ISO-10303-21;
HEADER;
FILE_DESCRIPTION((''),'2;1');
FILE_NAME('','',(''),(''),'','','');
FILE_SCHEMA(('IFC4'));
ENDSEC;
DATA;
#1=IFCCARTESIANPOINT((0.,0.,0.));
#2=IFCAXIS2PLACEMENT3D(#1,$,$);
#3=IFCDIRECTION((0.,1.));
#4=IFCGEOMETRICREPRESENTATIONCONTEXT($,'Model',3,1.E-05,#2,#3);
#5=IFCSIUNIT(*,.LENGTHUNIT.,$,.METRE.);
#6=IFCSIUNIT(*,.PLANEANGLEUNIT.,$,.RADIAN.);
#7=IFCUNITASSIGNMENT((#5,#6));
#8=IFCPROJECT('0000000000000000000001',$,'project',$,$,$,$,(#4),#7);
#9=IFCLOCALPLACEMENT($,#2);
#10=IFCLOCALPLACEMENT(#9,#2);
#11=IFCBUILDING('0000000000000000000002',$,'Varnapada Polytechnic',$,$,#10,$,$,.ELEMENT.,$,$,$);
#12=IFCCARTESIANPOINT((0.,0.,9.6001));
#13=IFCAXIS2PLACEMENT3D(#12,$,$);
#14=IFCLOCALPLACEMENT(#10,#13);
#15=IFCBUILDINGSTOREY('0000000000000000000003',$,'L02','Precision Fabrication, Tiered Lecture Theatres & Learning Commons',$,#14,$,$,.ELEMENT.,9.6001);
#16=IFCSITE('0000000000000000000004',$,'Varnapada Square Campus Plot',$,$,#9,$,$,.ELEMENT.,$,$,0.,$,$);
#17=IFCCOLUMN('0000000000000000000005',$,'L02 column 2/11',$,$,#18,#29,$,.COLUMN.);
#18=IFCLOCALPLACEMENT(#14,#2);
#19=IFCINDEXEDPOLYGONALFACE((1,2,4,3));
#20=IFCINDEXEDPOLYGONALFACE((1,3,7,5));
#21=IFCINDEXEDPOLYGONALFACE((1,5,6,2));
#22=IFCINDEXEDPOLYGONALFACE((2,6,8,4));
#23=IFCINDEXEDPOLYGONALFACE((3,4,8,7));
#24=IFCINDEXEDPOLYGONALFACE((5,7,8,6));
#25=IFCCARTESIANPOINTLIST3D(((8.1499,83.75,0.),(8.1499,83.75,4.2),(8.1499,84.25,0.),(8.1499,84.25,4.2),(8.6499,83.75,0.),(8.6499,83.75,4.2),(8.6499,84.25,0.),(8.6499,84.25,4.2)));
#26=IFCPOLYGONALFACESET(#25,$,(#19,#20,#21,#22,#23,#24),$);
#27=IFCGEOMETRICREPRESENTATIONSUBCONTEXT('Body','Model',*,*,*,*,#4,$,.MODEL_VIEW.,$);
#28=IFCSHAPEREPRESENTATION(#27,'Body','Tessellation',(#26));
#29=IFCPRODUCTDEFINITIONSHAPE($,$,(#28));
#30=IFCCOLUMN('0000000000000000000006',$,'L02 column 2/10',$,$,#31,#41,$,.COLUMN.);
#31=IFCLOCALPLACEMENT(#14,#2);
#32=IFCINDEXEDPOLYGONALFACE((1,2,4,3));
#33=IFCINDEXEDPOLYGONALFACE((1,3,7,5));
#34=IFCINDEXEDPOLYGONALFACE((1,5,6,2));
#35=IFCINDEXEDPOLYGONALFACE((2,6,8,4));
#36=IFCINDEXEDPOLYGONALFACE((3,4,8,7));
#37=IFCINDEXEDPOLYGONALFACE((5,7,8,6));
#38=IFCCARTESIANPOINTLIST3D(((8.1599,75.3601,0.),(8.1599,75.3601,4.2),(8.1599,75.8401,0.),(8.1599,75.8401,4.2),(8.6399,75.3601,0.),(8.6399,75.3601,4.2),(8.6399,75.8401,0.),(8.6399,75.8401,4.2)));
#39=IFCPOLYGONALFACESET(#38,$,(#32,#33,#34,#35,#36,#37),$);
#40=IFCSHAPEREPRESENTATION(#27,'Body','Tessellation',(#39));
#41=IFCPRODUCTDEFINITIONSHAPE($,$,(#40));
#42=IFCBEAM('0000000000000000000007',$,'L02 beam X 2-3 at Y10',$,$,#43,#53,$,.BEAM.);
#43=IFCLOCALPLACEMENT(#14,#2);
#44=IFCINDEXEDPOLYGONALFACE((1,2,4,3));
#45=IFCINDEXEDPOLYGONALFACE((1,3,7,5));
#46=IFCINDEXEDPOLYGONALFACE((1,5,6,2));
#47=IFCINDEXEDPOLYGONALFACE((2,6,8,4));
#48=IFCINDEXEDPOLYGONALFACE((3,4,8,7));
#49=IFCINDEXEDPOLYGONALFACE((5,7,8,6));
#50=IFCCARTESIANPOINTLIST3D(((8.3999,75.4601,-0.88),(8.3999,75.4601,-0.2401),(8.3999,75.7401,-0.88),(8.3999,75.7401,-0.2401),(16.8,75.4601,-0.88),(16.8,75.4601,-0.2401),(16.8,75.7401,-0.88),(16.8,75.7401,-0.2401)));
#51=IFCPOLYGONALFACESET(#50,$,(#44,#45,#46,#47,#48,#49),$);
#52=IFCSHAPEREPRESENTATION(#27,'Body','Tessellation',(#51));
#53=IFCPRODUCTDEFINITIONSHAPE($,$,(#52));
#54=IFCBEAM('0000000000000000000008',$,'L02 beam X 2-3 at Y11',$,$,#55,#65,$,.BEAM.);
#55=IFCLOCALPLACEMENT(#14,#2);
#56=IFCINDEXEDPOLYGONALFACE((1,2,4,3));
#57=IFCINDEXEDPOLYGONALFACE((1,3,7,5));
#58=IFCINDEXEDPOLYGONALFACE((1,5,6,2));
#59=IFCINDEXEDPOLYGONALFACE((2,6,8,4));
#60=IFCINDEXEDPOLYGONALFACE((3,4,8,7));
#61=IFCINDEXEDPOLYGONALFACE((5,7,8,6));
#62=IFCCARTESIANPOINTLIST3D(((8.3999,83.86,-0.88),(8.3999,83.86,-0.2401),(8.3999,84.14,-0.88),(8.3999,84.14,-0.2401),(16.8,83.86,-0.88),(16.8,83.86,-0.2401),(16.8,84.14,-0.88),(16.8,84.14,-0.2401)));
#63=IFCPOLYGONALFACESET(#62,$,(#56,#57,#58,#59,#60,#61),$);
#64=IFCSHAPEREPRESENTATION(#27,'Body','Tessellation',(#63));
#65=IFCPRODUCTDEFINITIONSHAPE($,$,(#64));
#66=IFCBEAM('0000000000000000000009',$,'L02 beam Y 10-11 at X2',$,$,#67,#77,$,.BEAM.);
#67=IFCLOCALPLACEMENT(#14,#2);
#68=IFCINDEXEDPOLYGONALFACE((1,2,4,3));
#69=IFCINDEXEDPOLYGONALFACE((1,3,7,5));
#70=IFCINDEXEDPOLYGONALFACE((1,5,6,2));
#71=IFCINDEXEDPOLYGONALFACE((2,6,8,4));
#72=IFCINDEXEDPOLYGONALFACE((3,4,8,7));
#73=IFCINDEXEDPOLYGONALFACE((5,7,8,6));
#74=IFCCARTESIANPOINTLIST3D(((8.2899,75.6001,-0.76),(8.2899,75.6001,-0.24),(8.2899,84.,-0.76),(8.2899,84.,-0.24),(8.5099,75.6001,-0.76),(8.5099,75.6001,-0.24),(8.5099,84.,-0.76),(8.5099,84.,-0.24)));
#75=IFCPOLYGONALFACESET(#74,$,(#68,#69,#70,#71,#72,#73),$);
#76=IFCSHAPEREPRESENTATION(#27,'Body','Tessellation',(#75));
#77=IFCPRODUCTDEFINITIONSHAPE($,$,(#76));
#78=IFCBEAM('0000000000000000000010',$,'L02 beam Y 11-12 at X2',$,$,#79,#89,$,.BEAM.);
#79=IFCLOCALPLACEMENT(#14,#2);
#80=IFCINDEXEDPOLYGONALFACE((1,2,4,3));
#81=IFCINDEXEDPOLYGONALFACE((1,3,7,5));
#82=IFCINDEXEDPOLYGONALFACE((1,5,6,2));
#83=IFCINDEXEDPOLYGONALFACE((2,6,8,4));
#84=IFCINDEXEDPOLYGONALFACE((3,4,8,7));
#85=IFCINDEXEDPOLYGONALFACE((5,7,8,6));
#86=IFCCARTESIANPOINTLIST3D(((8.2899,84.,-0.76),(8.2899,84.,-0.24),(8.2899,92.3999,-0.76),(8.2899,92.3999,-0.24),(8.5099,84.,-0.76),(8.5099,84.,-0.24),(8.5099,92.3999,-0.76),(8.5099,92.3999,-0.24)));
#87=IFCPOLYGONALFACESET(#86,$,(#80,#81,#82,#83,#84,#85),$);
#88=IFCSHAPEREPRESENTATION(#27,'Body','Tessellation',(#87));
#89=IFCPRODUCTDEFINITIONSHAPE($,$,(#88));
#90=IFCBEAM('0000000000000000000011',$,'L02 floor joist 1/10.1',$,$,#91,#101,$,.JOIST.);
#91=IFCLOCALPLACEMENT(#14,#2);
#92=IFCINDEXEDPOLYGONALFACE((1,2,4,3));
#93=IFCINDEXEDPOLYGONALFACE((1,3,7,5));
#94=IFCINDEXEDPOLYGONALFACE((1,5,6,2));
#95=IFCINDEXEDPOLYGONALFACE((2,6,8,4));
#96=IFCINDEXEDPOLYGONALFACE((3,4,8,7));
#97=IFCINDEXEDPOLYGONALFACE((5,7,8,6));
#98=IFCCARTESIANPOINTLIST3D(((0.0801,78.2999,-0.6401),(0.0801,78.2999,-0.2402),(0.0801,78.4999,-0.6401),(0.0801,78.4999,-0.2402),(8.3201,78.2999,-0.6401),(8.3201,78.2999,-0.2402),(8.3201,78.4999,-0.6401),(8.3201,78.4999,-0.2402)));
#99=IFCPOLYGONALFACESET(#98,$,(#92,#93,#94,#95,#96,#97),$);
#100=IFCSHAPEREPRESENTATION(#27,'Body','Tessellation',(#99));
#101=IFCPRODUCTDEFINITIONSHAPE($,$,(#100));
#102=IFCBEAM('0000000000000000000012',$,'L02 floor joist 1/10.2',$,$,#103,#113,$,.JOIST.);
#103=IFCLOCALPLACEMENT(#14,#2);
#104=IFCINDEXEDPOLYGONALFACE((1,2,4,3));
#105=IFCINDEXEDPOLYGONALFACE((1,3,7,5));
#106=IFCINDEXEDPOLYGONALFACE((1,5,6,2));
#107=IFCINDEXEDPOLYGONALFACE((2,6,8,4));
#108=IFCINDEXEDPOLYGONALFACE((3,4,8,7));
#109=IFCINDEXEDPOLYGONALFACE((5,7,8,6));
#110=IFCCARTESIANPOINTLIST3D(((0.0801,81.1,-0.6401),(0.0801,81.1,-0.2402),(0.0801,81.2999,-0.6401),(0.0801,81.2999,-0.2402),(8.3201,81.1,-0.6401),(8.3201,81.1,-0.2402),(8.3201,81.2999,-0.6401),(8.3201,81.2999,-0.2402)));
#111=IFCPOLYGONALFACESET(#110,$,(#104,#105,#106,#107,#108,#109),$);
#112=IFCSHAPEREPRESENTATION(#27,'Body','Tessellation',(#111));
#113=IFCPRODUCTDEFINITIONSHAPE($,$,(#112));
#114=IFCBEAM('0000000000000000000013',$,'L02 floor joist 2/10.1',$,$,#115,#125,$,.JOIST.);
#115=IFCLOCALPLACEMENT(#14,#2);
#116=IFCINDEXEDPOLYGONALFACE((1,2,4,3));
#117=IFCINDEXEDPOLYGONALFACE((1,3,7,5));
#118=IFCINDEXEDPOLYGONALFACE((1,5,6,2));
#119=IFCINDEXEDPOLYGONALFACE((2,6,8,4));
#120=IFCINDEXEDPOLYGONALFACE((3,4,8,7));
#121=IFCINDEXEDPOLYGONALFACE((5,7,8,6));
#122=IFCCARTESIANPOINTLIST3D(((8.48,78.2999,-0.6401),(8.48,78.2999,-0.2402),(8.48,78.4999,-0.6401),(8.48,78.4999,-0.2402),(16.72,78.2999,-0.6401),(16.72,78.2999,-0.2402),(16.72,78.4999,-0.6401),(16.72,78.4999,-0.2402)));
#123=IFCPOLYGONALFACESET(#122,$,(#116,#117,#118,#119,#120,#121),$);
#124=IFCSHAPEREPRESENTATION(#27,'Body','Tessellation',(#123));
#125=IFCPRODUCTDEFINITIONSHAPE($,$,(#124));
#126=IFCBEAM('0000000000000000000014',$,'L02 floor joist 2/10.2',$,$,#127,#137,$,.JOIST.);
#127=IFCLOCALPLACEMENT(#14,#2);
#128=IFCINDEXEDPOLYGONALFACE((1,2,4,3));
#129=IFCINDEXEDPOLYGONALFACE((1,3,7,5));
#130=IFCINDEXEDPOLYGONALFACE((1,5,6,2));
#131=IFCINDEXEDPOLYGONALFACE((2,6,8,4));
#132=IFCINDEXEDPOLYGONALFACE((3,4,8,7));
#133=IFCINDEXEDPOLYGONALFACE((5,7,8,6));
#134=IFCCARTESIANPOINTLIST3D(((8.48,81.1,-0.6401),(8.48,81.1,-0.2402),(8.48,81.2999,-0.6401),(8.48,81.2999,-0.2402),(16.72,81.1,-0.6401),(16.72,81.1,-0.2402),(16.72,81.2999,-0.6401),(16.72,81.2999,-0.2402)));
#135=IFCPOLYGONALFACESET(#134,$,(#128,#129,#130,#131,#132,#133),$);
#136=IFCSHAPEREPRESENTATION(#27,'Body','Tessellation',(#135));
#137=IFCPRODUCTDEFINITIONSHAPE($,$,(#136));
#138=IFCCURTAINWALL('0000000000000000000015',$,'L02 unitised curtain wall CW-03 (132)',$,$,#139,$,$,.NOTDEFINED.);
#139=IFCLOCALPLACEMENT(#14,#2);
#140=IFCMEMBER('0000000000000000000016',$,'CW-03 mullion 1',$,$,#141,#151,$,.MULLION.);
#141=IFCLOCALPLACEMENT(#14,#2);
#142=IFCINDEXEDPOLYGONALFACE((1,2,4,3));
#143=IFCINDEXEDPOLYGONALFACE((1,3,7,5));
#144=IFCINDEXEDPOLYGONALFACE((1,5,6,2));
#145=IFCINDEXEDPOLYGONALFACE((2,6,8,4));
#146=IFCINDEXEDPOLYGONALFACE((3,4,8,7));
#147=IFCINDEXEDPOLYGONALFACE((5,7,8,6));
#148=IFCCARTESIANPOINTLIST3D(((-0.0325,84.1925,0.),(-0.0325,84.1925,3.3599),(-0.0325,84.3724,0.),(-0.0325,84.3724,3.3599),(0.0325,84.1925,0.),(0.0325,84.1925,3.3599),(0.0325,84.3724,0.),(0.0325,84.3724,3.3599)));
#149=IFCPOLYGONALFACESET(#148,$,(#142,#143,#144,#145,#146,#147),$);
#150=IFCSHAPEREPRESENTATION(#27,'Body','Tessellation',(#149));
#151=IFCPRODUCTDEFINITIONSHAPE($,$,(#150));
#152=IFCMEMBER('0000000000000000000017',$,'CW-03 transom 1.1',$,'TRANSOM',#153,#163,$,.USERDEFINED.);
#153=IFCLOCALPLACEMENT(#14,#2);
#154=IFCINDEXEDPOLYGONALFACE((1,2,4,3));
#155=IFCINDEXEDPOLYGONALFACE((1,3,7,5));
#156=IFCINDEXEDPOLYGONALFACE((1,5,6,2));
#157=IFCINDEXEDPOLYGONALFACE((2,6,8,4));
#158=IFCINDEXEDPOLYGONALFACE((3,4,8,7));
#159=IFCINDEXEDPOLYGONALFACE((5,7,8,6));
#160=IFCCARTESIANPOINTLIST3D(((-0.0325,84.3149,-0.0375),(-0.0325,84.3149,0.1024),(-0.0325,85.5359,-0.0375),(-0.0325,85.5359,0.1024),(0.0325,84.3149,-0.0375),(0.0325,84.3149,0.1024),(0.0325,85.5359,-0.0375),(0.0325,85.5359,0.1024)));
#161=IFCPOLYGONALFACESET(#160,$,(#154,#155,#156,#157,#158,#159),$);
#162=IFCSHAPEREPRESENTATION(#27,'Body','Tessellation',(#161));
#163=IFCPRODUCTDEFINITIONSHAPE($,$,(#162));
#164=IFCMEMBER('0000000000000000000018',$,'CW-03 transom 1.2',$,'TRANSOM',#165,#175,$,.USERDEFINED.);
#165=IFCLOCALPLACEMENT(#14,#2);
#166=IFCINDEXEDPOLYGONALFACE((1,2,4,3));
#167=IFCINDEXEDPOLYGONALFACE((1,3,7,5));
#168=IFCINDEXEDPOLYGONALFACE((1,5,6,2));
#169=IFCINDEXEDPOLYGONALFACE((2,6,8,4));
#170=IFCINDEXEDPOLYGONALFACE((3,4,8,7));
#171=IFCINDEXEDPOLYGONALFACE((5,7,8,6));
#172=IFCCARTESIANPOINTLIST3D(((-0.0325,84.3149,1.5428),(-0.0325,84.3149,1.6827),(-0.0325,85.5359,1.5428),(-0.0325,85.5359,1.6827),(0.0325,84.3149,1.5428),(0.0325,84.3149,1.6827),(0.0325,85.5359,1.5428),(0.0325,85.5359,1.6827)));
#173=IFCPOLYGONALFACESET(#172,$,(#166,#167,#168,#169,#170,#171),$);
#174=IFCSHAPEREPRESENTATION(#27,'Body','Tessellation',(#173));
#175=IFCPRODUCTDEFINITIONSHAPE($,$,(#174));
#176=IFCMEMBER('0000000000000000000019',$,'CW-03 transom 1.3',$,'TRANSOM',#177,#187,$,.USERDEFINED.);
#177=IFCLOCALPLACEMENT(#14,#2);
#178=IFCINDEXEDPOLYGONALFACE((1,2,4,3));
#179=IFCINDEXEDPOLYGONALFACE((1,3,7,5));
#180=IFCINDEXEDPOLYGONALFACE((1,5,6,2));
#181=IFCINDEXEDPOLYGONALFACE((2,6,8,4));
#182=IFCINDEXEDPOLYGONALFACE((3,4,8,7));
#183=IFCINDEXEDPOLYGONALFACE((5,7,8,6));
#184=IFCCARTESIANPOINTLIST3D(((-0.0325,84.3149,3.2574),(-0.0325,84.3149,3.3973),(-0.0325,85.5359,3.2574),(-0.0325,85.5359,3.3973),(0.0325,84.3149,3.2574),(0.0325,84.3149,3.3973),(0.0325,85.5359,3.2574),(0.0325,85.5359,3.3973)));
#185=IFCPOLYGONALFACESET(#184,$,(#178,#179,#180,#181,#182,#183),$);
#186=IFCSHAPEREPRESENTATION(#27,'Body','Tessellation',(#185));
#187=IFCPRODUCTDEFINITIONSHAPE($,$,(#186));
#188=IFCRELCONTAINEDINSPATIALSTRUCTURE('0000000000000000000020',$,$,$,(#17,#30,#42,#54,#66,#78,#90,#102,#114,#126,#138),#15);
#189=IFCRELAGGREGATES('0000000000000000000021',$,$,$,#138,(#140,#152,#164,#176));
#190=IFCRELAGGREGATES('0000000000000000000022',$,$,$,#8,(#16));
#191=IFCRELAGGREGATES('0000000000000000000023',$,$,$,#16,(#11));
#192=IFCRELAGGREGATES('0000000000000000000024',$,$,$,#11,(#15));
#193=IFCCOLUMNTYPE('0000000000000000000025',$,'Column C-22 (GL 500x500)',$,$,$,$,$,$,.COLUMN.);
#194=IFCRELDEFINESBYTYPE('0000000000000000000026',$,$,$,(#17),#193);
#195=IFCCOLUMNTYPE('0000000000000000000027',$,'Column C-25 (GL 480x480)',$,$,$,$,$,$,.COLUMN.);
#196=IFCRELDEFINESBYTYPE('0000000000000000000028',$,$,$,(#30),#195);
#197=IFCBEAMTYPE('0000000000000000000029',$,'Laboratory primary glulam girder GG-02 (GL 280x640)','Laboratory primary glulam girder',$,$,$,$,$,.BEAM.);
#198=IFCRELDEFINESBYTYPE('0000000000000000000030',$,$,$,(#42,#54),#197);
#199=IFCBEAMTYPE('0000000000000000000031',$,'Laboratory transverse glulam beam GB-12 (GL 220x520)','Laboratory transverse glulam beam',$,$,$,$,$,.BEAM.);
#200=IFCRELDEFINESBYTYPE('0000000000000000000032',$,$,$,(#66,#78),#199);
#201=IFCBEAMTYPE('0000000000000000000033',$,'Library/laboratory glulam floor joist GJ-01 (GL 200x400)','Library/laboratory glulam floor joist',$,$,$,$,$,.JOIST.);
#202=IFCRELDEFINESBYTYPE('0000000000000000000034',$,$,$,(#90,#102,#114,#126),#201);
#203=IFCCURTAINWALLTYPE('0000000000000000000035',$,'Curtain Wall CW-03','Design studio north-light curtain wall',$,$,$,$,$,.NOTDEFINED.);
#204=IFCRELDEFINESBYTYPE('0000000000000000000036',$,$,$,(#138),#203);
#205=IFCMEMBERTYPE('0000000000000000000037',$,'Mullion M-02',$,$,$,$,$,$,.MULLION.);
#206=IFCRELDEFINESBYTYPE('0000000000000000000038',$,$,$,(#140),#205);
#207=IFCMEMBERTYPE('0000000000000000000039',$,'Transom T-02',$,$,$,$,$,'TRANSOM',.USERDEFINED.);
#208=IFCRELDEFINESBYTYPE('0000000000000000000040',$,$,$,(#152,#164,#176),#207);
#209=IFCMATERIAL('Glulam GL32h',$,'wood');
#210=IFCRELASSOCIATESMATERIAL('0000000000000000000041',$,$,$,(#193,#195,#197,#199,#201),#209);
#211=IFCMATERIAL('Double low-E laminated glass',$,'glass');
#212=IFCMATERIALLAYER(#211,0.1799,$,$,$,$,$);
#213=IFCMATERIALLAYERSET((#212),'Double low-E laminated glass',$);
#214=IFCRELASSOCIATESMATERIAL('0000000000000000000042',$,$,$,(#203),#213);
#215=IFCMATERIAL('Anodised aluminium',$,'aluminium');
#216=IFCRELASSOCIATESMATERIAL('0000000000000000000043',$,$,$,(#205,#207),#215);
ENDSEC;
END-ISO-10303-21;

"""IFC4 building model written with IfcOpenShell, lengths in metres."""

from ifc_helpers import new_model, si_unit, direction, frame, origin, origin_2d, place, context, subcontext, project, spatial, rectangle, extrude, material, layer, layer_set, material_profile, profile_set, type_object, element, aggregate, save


model = new_model("IFC4")

# Units and contexts
model_context = context("Model", 3, precision=1e-05, world=origin(), true_north=direction((0.0, 1.0)))
body_context = subcontext(model_context, "Body", "Model", "MODEL_VIEW")
ifc_project = project(units=[si_unit("LENGTHUNIT", "METRE"), si_unit("PLANEANGLEUNIT", "RADIAN")], contexts=[model_context])

# Site, building, storey
site_placement = place(None, origin())
site = spatial("IfcSite", under=ifc_project, at=site_placement, Name="Varnapada Square Campus Plot", CompositionType="ELEMENT", RefElevation=0.0)
building_placement = place(site_placement, origin())
building = spatial("IfcBuilding", under=site, at=building_placement, Name="Varnapada Polytechnic", CompositionType="ELEMENT")
storey_placement = place(building_placement, frame((0.0, 0.0, 9.6001)))
storey = spatial("IfcBuildingStorey", under=building, at=storey_placement, Name="L02", Description="Precision Fabrication, Tiered Lecture Theatres & Learning Commons", CompositionType="ELEMENT", Elevation=9.6001)

# Columns
ifc_material_1 = material(Name="Glulam GL32h", Category="wood")
ifc_material_profile_1 = material_profile(ifc_material_1, rectangle(XDim=0.5, YDim=0.5, at=origin_2d()), Name="GL 500x500")
ifc_profile_set_1 = profile_set([ifc_material_profile_1], Name="Glulam GL32h")
column_type_1 = type_object("IfcColumnType", Name="Column C-22 (GL 500x500)", PredefinedType="COLUMN", material=ifc_profile_set_1)
column_1_placement = place(storey_placement, frame((8.3999, 84.0, 0.0), z_axis=(0.0, 0.0, 1.0), x_axis=(1.0, 0.0, 0.0)))
element("IfcColumn", 1, at=column_1_placement, inside=storey, type_object=column_type_1, Name="L02 column 2/11", PredefinedType="COLUMN", context=body_context, shape_type="SweptSolid", body=[
    extrude(rectangle(XDim=0.5, YDim=0.5, at=origin_2d()), origin(), (0.0, 0.0, 1.0), 4.2),
])
ifc_material_profile_2 = material_profile(ifc_material_1, rectangle(XDim=0.48, YDim=0.48, at=origin_2d()), Name="GL 480x480")
ifc_profile_set_2 = profile_set([ifc_material_profile_2], Name="Glulam GL32h")
column_type_2 = type_object("IfcColumnType", Name="Column C-25 (GL 480x480)", PredefinedType="COLUMN", material=ifc_profile_set_2)
column_2_placement = place(storey_placement, frame((8.3999, 75.6001, 0.0), z_axis=(0.0, 0.0, 1.0), x_axis=(1.0, 0.0, 0.0)))
element("IfcColumn", 2, at=column_2_placement, inside=storey, type_object=column_type_2, Name="L02 column 2/10", PredefinedType="COLUMN", context=body_context, shape_type="SweptSolid", body=[
    extrude(rectangle(XDim=0.48, YDim=0.48, at=origin_2d()), origin(), (0.0, 0.0, 1.0), 4.2),
])

# Beams
ifc_material_profile_3 = material_profile(ifc_material_1, rectangle(XDim=0.28, YDim=0.6399, at=origin_2d()), Name="GL 280x640")
ifc_profile_set_3 = profile_set([ifc_material_profile_3], Name="Glulam GL32h")
beam_type_1 = type_object("IfcBeamType", Name="Laboratory primary glulam girder GG-02 (GL 280x640)", Description="Laboratory primary glulam girder", PredefinedType="BEAM", material=ifc_profile_set_3)
for number, where, z_axis, x_axis, name in (
    (3, (8.3999, 75.6001, -0.5601), (1.0, 0.0, 0.0), (0.0, 1.0, 0.0), "L02 beam X 2-3 at Y10"),
    (4, (8.3999, 84.0, -0.5601), (1.0, 0.0, 0.0), (0.0, 1.0, 0.0), "L02 beam X 2-3 at Y11"),
):
    element("IfcBeam", number, at=place(storey_placement, frame(where, z_axis=z_axis, x_axis=x_axis)), inside=storey, type_object=beam_type_1, Name=name, PredefinedType="BEAM", context=body_context, shape_type="SweptSolid", body=[
        extrude(rectangle(XDim=0.28, YDim=0.6399, at=origin_2d()), origin(), (0.0, 0.0, 1.0), 8.4001),
    ])
ifc_material_profile_4 = material_profile(ifc_material_1, rectangle(XDim=0.22, YDim=0.52, at=origin_2d()), Name="GL 220x520")
ifc_profile_set_4 = profile_set([ifc_material_profile_4], Name="Glulam GL32h")
beam_type_2 = type_object("IfcBeamType", Name="Laboratory transverse glulam beam GB-12 (GL 220x520)", Description="Laboratory transverse glulam beam", PredefinedType="BEAM", material=ifc_profile_set_4)
for number, where, z_axis, x_axis, name in (
    (5, (8.3999, 75.6001, -0.5), (0.0, 1.0, 0.0), (-1.0, 0.0, 0.0), "L02 beam Y 10-11 at X2"),
    (6, (8.3999, 84.0, -0.5), (0.0, 1.0, 0.0), (-1.0, 0.0, 0.0), "L02 beam Y 11-12 at X2"),
):
    element("IfcBeam", number, at=place(storey_placement, frame(where, z_axis=z_axis, x_axis=x_axis)), inside=storey, type_object=beam_type_2, Name=name, PredefinedType="BEAM", context=body_context, shape_type="SweptSolid", body=[
        extrude(rectangle(XDim=0.22, YDim=0.52, at=origin_2d()), origin(), (0.0, 0.0, 1.0), 8.3999),
    ])
ifc_material_profile_5 = material_profile(ifc_material_1, rectangle(XDim=0.2, YDim=0.3999, at=origin_2d()), Name="GL 200x400")
ifc_profile_set_5 = profile_set([ifc_material_profile_5], Name="Glulam GL32h")
beam_type_3 = type_object("IfcBeamType", Name="Library/laboratory glulam floor joist GJ-01 (GL 200x400)", Description="Library/laboratory glulam floor joist", PredefinedType="JOIST", material=ifc_profile_set_5)
for number, where, z_axis, x_axis, name in (
    (7, (0.0801, 78.3999, -0.4402), (1.0, 0.0, 0.0), (0.0, 1.0, 0.0), "L02 floor joist 1/10.1"),
    (8, (0.0801, 81.2, -0.4402), (1.0, 0.0, 0.0), (0.0, 1.0, 0.0), "L02 floor joist 1/10.2"),
    (9, (8.48, 78.3999, -0.4402), (1.0, 0.0, 0.0), (0.0, 1.0, 0.0), "L02 floor joist 2/10.1"),
    (10, (8.48, 81.2, -0.4402), (1.0, 0.0, 0.0), (0.0, 1.0, 0.0), "L02 floor joist 2/10.2"),
):
    element("IfcBeam", number, at=place(storey_placement, frame(where, z_axis=z_axis, x_axis=x_axis)), inside=storey, type_object=beam_type_3, Name=name, PredefinedType="JOIST", context=body_context, shape_type="SweptSolid", body=[
        extrude(rectangle(XDim=0.2, YDim=0.3999, at=origin_2d()), origin(), (0.0, 0.0, 1.0), 8.24),
    ])

# Curtain wall, members
ifc_material_2 = material(Name="Double low-E laminated glass", Category="glass")
ifc_layer_1 = layer(ifc_material_2, 0.1799)
ifc_layer_set_1 = layer_set([ifc_layer_1], Name="Double low-E laminated glass")
curtain_wall_type = type_object("IfcCurtainWallType", Name="Curtain Wall CW-03", Description="Design studio north-light curtain wall", PredefinedType="NOTDEFINED", material=ifc_layer_set_1)
curtain_wall_placement = place(storey_placement, origin())
curtain_wall = element("IfcCurtainWall", 11, at=curtain_wall_placement, inside=storey, type_object=curtain_wall_type, Name="L02 unitised curtain wall CW-03 (132)", PredefinedType="NOTDEFINED")
ifc_material_3 = material(Name="Anodised aluminium", Category="aluminium")
ifc_material_profile_6 = material_profile(ifc_material_3, rectangle(XDim=0.0649, YDim=0.1799, at=origin_2d()), Name="ALU M65x180")
ifc_profile_set_6 = profile_set([ifc_material_profile_6], Name="Anodised aluminium")
member_type_1 = type_object("IfcMemberType", Name="Mullion M-02", PredefinedType="MULLION", material=ifc_profile_set_6)
member_1_placement = place(storey_placement, frame((0.0, 84.2825, 0.0), z_axis=(0.0, 0.0, 1.0), x_axis=(-1.0, 0.0, 0.0)))
member_1 = element("IfcMember", 12, at=member_1_placement, type_object=member_type_1, Name="CW-03 mullion 1", PredefinedType="MULLION", context=body_context, shape_type="SweptSolid", body=[
    extrude(rectangle(XDim=0.0649, YDim=0.1799, at=origin_2d()), origin(), (0.0, 0.0, 1.0), 3.3599),
])
ifc_material_profile_7 = material_profile(ifc_material_3, rectangle(XDim=0.0649, YDim=0.1399, at=origin_2d()), Name="ALU T65x140")
ifc_profile_set_7 = profile_set([ifc_material_profile_7], Name="Anodised aluminium")
member_type_2 = type_object("IfcMemberType", Name="Transom T-02", ElementType="TRANSOM", PredefinedType="USERDEFINED", material=ifc_profile_set_7)
member_2_placement = place(storey_placement, frame((0.0, 84.3149, 0.0325), z_axis=(0.0, 1.0, 0.0), x_axis=(-1.0, 0.0, 0.0)))
member_2 = element("IfcMember", 13, at=member_2_placement, type_object=member_type_2, Name="CW-03 transom 1.1", ObjectType="TRANSOM", PredefinedType="USERDEFINED", context=body_context, shape_type="SweptSolid", body=[
    extrude(rectangle(XDim=0.0649, YDim=0.1399, at=origin_2d()), origin(), (0.0, 0.0, 1.0), 1.2209),
])
member_3_placement = place(storey_placement, frame((0.0, 84.3149, 1.6128), z_axis=(0.0, 1.0, 0.0), x_axis=(-1.0, 0.0, 0.0)))
member_3 = element("IfcMember", 14, at=member_3_placement, type_object=member_type_2, Name="CW-03 transom 1.2", ObjectType="TRANSOM", PredefinedType="USERDEFINED", context=body_context, shape_type="SweptSolid", body=[
    extrude(rectangle(XDim=0.0649, YDim=0.1399, at=origin_2d()), origin(), (0.0, 0.0, 1.0), 1.2209),
])
member_4_placement = place(storey_placement, frame((0.0, 84.3149, 3.3274), z_axis=(0.0, 1.0, 0.0), x_axis=(-1.0, 0.0, 0.0)))
member_4 = element("IfcMember", 15, at=member_4_placement, type_object=member_type_2, Name="CW-03 transom 1.3", ObjectType="TRANSOM", PredefinedType="USERDEFINED", context=body_context, shape_type="SweptSolid", body=[
    extrude(rectangle(XDim=0.0649, YDim=0.1399, at=origin_2d()), origin(), (0.0, 0.0, 1.0), 1.2209),
])
aggregate(curtain_wall, [member_1, member_2, member_3, member_4])

save(model, "model.ifc")
